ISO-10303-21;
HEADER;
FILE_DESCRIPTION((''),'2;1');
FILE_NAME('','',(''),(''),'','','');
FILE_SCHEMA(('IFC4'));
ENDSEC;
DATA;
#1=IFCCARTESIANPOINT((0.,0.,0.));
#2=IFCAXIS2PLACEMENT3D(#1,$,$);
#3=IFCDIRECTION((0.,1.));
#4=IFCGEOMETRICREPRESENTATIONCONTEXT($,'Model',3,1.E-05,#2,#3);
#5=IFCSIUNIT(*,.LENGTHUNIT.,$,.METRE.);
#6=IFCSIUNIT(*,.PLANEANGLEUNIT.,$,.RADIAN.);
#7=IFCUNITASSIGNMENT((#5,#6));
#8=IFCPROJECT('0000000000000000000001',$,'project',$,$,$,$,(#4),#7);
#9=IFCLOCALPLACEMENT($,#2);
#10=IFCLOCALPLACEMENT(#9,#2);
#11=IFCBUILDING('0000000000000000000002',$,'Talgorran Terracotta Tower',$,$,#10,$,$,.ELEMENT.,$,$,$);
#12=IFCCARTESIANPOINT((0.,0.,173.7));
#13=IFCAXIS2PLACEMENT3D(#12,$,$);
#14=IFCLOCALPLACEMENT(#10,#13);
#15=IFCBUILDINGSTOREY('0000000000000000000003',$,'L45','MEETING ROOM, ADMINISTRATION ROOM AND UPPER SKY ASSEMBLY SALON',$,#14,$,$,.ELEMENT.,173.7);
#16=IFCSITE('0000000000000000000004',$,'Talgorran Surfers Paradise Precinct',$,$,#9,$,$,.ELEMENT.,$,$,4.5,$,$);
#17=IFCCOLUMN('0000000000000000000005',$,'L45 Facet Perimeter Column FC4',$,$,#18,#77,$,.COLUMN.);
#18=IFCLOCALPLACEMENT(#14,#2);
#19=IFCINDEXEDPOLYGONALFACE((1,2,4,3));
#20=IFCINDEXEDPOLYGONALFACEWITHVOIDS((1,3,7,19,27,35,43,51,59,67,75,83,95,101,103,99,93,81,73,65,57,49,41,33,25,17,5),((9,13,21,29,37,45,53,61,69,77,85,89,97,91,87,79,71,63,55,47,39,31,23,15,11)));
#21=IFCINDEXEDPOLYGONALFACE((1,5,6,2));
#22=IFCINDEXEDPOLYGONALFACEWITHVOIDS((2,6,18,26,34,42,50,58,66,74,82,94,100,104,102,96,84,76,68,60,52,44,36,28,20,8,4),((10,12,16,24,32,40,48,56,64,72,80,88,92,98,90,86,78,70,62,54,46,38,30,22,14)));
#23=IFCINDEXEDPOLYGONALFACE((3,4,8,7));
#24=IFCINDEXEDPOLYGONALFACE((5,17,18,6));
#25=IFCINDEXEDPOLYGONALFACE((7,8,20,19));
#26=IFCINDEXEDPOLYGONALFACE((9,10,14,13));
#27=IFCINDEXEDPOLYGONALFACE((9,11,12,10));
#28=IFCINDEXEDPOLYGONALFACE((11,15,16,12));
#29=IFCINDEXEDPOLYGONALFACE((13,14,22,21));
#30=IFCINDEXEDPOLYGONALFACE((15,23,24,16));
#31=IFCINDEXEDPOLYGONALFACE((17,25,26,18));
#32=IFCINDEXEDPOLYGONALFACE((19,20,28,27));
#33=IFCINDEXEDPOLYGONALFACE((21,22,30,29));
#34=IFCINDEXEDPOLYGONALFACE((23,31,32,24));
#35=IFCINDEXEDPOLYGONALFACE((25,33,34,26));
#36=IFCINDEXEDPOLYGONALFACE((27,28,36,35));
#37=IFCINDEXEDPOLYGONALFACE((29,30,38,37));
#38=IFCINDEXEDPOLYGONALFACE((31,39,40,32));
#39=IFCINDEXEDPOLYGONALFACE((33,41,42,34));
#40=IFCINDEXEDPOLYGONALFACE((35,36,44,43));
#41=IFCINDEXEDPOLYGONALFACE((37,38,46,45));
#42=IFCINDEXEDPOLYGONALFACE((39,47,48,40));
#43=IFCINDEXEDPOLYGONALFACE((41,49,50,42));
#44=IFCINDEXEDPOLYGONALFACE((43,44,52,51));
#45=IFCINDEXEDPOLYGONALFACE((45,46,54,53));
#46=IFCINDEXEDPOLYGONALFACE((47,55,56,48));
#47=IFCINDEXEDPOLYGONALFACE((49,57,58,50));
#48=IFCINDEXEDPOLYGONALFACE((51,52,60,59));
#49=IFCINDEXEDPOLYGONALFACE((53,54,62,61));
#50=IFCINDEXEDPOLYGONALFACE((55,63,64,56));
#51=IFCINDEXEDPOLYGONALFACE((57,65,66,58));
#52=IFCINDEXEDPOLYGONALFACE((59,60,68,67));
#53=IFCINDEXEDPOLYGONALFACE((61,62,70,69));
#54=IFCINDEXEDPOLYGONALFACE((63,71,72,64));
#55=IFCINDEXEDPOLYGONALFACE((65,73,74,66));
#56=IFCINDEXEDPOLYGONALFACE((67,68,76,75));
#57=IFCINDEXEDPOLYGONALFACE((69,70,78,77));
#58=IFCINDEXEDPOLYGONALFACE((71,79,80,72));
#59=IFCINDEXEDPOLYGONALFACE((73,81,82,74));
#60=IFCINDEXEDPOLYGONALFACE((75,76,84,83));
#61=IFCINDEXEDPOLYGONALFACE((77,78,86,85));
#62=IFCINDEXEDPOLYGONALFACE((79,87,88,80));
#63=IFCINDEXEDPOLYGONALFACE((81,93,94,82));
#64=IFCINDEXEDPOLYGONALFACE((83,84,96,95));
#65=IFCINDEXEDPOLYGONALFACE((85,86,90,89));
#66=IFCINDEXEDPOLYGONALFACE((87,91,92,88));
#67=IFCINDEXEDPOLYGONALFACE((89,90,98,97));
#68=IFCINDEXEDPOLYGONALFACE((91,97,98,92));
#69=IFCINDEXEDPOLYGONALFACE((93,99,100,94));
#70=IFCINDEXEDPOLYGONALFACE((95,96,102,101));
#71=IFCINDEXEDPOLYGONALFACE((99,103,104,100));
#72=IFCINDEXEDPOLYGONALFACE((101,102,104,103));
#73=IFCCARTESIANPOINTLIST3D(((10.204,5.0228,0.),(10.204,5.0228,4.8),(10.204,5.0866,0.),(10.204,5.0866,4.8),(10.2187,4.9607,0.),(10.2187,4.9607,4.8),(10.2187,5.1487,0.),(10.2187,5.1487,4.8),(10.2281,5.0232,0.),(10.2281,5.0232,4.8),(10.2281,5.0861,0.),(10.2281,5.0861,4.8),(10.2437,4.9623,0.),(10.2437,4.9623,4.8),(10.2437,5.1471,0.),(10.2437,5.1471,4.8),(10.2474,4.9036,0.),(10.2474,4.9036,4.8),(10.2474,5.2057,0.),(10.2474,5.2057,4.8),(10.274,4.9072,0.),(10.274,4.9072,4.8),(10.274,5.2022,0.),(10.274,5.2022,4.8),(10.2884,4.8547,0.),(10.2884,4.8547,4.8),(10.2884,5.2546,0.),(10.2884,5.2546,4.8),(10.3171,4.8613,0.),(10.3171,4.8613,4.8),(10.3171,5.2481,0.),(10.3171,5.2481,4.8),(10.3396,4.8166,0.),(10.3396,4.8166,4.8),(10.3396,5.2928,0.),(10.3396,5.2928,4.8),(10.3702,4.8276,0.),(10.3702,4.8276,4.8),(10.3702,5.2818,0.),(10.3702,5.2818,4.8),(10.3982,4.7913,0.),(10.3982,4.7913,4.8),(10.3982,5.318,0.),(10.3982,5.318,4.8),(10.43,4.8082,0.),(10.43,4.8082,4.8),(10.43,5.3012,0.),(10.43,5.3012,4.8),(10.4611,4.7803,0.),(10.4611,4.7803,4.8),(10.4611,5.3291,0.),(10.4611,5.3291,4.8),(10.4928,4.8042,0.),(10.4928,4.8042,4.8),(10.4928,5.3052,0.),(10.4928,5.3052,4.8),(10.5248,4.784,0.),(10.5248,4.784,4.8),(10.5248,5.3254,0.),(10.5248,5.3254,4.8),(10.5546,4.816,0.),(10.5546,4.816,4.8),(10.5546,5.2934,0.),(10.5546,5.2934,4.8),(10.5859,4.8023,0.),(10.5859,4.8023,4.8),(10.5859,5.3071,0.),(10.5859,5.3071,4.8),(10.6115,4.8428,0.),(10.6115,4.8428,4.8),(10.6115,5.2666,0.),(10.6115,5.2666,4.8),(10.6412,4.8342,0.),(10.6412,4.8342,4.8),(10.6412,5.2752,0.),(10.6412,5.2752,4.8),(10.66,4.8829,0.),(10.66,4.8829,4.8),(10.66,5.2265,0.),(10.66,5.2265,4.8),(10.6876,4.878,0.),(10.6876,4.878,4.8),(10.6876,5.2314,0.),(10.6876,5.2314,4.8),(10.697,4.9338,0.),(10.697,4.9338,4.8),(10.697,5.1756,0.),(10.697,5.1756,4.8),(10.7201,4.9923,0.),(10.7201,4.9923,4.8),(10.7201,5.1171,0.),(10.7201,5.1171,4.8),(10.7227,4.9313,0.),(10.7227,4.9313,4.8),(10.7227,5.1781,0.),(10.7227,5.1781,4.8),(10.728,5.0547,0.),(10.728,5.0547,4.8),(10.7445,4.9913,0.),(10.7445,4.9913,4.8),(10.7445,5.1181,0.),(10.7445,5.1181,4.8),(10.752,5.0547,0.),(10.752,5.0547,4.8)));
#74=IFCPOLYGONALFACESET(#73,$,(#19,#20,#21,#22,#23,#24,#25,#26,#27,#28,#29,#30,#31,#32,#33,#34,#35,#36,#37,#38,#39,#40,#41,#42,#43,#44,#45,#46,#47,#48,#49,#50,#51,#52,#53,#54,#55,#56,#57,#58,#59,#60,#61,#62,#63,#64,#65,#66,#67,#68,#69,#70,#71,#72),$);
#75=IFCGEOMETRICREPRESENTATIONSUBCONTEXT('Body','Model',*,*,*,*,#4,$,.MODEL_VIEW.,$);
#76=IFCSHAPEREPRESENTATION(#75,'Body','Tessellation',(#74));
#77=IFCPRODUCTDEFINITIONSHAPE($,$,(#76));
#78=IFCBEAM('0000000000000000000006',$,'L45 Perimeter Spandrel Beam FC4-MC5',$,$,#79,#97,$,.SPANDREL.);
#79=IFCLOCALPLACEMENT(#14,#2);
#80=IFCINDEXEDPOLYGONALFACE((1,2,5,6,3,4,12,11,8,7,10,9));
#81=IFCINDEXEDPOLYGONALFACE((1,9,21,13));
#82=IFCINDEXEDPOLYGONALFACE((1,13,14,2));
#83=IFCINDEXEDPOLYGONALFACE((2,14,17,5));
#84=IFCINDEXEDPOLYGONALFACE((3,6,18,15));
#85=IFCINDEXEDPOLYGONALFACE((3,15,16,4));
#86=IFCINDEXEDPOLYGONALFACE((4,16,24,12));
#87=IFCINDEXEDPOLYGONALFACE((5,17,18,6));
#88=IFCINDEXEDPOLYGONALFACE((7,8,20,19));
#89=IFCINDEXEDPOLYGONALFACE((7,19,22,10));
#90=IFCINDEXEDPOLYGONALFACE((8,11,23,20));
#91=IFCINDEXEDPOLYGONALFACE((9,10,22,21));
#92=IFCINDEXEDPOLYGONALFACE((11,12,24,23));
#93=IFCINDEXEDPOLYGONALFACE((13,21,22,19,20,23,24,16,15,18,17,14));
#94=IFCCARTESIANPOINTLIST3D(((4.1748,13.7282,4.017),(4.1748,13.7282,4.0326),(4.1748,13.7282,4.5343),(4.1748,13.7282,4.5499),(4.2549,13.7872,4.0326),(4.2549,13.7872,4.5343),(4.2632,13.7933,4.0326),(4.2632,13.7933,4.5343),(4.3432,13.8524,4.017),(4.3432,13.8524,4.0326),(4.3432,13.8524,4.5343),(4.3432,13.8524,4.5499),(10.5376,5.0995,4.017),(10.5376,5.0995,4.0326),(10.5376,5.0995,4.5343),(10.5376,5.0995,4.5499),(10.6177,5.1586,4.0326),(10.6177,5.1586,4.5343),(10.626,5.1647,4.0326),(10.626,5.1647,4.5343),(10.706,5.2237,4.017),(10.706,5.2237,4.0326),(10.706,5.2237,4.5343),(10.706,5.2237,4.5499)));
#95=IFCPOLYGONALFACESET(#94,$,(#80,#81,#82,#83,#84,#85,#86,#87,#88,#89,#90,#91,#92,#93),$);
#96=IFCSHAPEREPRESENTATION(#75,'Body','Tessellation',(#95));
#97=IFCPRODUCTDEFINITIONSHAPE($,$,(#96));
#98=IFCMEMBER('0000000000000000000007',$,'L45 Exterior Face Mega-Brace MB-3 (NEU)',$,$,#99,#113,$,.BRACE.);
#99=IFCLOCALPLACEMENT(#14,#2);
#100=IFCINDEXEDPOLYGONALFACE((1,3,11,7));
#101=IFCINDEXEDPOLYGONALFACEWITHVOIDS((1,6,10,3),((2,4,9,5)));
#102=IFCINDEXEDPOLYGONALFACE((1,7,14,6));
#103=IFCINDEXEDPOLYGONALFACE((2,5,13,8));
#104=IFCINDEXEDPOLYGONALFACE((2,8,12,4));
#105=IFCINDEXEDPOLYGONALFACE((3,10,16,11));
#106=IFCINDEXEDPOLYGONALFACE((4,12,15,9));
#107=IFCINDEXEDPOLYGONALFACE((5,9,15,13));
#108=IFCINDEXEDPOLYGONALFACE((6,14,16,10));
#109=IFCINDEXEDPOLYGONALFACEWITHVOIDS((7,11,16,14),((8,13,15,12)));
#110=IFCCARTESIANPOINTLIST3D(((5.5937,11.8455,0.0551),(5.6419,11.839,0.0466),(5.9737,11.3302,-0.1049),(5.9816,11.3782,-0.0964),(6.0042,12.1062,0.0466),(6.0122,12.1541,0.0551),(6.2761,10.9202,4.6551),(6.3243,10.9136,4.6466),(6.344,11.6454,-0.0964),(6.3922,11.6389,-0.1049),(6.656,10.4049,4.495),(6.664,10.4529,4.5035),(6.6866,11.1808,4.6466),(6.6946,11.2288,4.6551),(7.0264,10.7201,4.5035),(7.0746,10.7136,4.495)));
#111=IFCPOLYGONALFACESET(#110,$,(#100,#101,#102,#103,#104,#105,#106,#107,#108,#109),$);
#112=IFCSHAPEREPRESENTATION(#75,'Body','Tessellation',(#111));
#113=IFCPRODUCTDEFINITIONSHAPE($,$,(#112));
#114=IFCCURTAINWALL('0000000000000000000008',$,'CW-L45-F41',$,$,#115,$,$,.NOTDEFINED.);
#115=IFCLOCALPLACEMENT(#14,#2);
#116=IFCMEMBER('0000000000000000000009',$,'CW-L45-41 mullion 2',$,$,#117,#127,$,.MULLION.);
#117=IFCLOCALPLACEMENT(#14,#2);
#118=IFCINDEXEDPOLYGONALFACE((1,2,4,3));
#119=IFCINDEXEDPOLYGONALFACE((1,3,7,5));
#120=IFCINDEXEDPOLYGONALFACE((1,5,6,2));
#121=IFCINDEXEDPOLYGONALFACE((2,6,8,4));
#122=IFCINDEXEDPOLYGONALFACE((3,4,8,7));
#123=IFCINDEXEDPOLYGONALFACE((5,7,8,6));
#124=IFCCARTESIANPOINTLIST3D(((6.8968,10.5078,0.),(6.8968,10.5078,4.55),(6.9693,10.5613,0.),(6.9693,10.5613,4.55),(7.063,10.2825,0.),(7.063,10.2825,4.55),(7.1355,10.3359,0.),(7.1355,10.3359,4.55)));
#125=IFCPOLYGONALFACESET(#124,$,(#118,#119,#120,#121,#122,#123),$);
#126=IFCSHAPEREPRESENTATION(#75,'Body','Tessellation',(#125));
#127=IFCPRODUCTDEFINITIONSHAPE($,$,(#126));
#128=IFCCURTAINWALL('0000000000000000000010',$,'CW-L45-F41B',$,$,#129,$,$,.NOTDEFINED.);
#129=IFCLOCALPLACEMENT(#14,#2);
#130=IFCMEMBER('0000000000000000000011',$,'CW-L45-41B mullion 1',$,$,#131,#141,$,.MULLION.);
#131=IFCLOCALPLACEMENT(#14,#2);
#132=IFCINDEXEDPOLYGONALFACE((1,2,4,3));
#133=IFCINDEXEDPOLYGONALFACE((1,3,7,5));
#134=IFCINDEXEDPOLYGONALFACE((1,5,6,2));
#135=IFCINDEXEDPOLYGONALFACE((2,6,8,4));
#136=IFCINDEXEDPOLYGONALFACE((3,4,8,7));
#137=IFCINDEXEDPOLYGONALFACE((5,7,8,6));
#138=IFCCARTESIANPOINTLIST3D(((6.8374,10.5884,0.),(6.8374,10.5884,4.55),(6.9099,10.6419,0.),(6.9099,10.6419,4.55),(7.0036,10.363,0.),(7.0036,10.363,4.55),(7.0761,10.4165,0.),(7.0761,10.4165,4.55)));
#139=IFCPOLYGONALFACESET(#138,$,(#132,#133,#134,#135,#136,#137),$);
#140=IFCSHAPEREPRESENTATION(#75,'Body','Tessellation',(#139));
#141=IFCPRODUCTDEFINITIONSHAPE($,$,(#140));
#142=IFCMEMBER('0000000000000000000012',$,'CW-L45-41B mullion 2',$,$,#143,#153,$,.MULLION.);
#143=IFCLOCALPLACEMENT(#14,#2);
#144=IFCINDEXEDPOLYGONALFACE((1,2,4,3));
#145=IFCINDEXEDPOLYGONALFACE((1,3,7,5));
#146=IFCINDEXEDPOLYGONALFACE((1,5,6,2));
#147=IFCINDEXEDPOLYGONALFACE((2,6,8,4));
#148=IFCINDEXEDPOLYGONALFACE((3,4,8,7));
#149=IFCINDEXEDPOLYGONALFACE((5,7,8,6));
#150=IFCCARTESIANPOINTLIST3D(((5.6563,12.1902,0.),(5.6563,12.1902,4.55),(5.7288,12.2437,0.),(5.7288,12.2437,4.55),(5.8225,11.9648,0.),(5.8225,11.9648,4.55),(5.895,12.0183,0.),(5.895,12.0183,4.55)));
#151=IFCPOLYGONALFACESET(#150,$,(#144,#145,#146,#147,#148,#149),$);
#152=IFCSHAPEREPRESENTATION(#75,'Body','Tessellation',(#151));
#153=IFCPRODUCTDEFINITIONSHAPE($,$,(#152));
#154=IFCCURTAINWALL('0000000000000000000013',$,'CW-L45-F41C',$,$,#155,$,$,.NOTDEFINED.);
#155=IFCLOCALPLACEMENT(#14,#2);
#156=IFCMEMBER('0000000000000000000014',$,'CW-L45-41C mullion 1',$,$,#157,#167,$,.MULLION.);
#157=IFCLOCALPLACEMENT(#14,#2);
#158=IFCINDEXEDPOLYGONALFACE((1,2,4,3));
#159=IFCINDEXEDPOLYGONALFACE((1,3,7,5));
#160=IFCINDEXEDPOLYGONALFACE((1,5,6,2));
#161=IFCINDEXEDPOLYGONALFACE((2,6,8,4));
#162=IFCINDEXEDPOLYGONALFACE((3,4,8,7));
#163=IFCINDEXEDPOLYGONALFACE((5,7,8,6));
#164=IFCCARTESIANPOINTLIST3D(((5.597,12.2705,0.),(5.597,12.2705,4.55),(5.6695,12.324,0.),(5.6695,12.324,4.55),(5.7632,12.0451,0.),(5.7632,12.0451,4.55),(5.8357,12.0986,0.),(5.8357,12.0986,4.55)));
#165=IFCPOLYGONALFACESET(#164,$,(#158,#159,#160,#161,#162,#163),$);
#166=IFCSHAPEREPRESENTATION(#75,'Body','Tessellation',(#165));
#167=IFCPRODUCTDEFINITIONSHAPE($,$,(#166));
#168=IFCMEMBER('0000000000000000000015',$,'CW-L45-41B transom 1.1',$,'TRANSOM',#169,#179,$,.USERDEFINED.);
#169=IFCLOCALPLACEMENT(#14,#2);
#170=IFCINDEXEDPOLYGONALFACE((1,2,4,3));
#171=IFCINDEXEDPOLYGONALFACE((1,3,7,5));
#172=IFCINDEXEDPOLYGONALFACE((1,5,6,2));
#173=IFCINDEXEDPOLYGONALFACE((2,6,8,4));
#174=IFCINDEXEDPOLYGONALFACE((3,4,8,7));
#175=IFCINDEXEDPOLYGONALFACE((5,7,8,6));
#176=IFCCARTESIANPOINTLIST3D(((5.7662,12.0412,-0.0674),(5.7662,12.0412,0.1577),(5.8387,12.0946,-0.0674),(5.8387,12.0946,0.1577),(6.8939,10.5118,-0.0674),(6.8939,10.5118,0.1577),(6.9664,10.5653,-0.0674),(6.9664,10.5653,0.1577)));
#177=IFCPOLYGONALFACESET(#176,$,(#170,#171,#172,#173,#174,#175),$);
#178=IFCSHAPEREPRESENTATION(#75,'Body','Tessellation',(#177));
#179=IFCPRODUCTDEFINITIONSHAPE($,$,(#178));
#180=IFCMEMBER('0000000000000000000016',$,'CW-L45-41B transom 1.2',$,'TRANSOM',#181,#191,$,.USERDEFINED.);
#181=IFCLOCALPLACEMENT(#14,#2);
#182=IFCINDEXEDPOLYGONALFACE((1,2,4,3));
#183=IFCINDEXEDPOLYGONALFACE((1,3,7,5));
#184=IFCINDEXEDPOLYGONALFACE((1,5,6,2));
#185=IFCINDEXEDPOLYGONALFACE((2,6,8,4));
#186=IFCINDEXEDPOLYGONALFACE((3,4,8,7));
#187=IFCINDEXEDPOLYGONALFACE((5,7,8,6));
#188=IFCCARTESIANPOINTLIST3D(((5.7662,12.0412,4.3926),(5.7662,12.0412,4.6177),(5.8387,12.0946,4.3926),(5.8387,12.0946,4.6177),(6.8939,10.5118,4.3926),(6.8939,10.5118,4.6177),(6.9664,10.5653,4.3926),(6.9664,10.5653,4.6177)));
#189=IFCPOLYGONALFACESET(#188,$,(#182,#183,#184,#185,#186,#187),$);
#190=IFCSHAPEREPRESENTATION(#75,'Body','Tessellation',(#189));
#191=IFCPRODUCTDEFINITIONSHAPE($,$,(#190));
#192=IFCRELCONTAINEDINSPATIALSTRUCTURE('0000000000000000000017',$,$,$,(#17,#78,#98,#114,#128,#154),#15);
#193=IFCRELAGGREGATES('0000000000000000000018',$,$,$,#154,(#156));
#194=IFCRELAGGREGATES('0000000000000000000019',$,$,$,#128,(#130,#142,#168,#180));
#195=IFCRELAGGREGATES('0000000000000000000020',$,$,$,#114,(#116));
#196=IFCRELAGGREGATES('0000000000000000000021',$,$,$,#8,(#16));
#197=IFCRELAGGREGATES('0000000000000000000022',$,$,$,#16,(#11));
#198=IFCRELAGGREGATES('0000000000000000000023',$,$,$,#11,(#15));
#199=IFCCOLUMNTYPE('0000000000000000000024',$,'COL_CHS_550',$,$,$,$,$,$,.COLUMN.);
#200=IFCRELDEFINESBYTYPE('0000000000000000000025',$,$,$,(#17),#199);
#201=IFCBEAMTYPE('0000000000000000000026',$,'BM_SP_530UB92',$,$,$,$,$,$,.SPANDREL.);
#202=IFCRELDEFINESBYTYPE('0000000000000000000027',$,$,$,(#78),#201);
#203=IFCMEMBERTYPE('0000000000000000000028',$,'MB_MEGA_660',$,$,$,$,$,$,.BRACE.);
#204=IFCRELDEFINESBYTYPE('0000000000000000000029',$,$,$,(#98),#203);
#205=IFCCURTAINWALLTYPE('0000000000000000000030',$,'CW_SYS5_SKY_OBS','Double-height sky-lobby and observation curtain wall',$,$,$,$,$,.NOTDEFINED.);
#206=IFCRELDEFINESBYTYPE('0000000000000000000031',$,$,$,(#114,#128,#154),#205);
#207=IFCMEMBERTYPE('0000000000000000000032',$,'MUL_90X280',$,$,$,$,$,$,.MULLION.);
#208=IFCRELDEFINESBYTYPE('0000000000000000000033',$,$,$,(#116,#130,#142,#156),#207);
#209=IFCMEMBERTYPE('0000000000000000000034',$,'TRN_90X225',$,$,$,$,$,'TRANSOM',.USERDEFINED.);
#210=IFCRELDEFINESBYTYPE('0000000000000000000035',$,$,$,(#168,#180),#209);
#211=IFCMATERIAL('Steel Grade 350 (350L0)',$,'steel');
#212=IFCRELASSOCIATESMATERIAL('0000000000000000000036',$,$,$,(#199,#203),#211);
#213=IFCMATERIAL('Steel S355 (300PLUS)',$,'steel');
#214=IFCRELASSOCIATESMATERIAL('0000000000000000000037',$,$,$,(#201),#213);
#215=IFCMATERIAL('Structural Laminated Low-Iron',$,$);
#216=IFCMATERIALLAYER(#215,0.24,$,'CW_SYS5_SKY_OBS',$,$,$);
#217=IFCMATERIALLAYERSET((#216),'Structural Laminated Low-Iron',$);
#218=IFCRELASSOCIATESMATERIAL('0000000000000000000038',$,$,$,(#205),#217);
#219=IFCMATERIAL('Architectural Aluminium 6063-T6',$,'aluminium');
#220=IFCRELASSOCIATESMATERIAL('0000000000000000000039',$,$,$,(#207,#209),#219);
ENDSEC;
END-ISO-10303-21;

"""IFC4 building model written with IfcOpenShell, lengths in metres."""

from ifc_helpers import new_model, si_unit, direction, frame, origin, origin_2d, place, context, subcontext, project, spatial, rectangle, hollow_rectangle, hollow_circle, i_section, extrude, material, layer, layer_set, material_profile, profile_set, type_object, element, aggregate, save


model = new_model("IFC4")

# Units and contexts
model_context = context("Model", 3, precision=1e-05, world=origin(), true_north=direction((0.0, 1.0)))
body_context = subcontext(model_context, "Body", "Model", "MODEL_VIEW")
ifc_project = project(units=[si_unit("LENGTHUNIT", "METRE"), si_unit("PLANEANGLEUNIT", "RADIAN")], contexts=[model_context])

# Site, building, storey
site_placement = place(None, origin())
site = spatial("IfcSite", under=ifc_project, at=site_placement, Name="Talgorran Surfers Paradise Precinct", CompositionType="ELEMENT", RefElevation=4.5)
building_placement = place(site_placement, origin())
building = spatial("IfcBuilding", under=site, at=building_placement, Name="Talgorran Terracotta Tower", CompositionType="ELEMENT")
storey_placement = place(building_placement, frame((0.0, 0.0, 173.7)))
storey = spatial("IfcBuildingStorey", under=building, at=storey_placement, Name="L45", Description="MEETING ROOM, ADMINISTRATION ROOM AND UPPER SKY ASSEMBLY SALON", CompositionType="ELEMENT", Elevation=173.7)

# Column
ifc_material_1 = material(Name="Steel Grade 350 (350L0)", Category="steel")
ifc_material_profile_1 = material_profile(ifc_material_1, hollow_circle(Radius=0.2749, WallThickness=0.0239, at=origin_2d()), Name="CHS550X24")
ifc_profile_set_1 = profile_set([ifc_material_profile_1], Name="Steel Grade 350 (350L0)")
column_type = type_object("IfcColumnType", Name="COL_CHS_550", PredefinedType="COLUMN", material=ifc_profile_set_1)
column_placement = place(storey_placement, frame((10.4771, 5.0547, 0.0), z_axis=(0.0, 0.0, 1.0), x_axis=(1.0, 0.0, 0.0)))
element("IfcColumn", 1, at=column_placement, inside=storey, type_object=column_type, Name="L45 Facet Perimeter Column FC4", PredefinedType="COLUMN", context=body_context, shape_type="SweptSolid", body=[
    extrude(hollow_circle(Radius=0.2749, WallThickness=0.0239, at=origin_2d()), origin(), (0.0, 0.0, 1.0), 4.8),
])

# Beam
ifc_material_2 = material(Name="Steel S355 (300PLUS)", Category="steel")
ifc_material_profile_2 = material_profile(ifc_material_2, i_section(OverallWidth=0.2092, OverallDepth=0.533, WebThickness=0.0103, FlangeThickness=0.0156, at=origin_2d()), Name="530UB92.4")
ifc_profile_set_2 = profile_set([ifc_material_profile_2], Name="Steel S355 (300PLUS)")
beam_type = type_object("IfcBeamType", Name="BM_SP_530UB92", PredefinedType="SPANDREL", material=ifc_profile_set_2)
beam_placement = place(storey_placement, frame((10.6218, 5.1616, 4.2834), z_axis=(-0.593491, 0.804841, 0.0), x_axis=(-0.804841, -0.593491, 0.0)))
element("IfcBeam", 2, at=beam_placement, inside=storey, type_object=beam_type, Name="L45 Perimeter Spandrel Beam FC4-MC5", PredefinedType="SPANDREL", context=body_context, shape_type="SweptSolid", body=[
    extrude(i_section(OverallWidth=0.2092, OverallDepth=0.533, WebThickness=0.0103, FlangeThickness=0.0156, at=origin_2d()), origin(), (0.0, 0.0, 1.0), 10.7209),
])

# Member
ifc_material_profile_3 = material_profile(ifc_material_1, hollow_rectangle(XDim=0.52, YDim=0.6599, WallThickness=0.0349, at=origin_2d()), Name="WBOX660X520X35")
ifc_profile_set_3 = profile_set([ifc_material_profile_3], Name="Steel Grade 350 (350L0)")
member_type_1 = type_object("IfcMemberType", Name="MB_MEGA_660", PredefinedType="BRACE", material=ifc_profile_set_3)
member_1_placement = place(storey_placement, frame((5.9929, 11.7422, -0.0249), z_axis=(0.143919, -0.195154, 0.970156), x_axis=(0.804816, 0.593525, 0.0)))
element("IfcMember", 3, at=member_1_placement, inside=storey, type_object=member_type_1, Name="L45 Exterior Face Mega-Brace MB-3 (NEU)", PredefinedType="BRACE", context=body_context, shape_type="SweptSolid", body=[
    extrude(hollow_rectangle(XDim=0.52, YDim=0.6599, WallThickness=0.0349, at=origin_2d()), origin(), (0.0, 0.0, 1.0), 4.7415),
])

# Curtain wall, member
ifc_material_3 = material(Name="Structural Laminated Low-Iron")
ifc_layer_1 = layer(ifc_material_3, 0.24, Name="CW_SYS5_SKY_OBS")
ifc_layer_set_1 = layer_set([ifc_layer_1], Name="Structural Laminated Low-Iron")
curtain_wall_type = type_object("IfcCurtainWallType", Name="CW_SYS5_SKY_OBS", Description="Double-height sky-lobby and observation curtain wall", PredefinedType="NOTDEFINED", material=ifc_layer_set_1)
curtain_wall_1_placement = place(storey_placement, origin())
curtain_wall_1 = element("IfcCurtainWall", 4, at=curtain_wall_1_placement, inside=storey, type_object=curtain_wall_type, Name="CW-L45-F41", PredefinedType="NOTDEFINED")
ifc_material_4 = material(Name="Architectural Aluminium 6063-T6", Category="aluminium")
ifc_material_profile_4 = material_profile(ifc_material_4, rectangle(XDim=0.0901, YDim=0.28, at=origin_2d()), Name="CWM90X280")
ifc_profile_set_4 = profile_set([ifc_material_profile_4], Name="Architectural Aluminium 6063-T6")
member_type_2 = type_object("IfcMemberType", Name="MUL_90X280", PredefinedType="MULLION", material=ifc_profile_set_4)
member_2_placement = place(storey_placement, frame((7.0161, 10.4219, 0.0), z_axis=(0.0, 0.0, 1.0), x_axis=(-0.804839, -0.593493, 0.0)))
member_2 = element("IfcMember", 5, at=member_2_placement, type_object=member_type_2, Name="CW-L45-41 mullion 2", PredefinedType="MULLION", context=body_context, shape_type="SweptSolid", body=[
    extrude(rectangle(XDim=0.0901, YDim=0.28, at=origin_2d()), origin(), (0.0, 0.0, 1.0), 4.55),
])

# Curtain wall, members
curtain_wall_2_placement = place(storey_placement, origin())
curtain_wall_2 = element("IfcCurtainWall", 6, at=curtain_wall_2_placement, inside=storey, type_object=curtain_wall_type, Name="CW-L45-F41B", PredefinedType="NOTDEFINED")
member_3_placement = place(storey_placement, frame((6.9568, 10.5024, 0.0), z_axis=(0.0, 0.0, 1.0), x_axis=(-0.804831, -0.593504, 0.0)))
member_3 = element("IfcMember", 7, at=member_3_placement, type_object=member_type_2, Name="CW-L45-41B mullion 1", PredefinedType="MULLION", context=body_context, shape_type="SweptSolid", body=[
    extrude(rectangle(XDim=0.0901, YDim=0.28, at=origin_2d()), origin(), (0.0, 0.0, 1.0), 4.55),
])
member_4_placement = place(storey_placement, frame((5.7756, 12.1042, 0.0), z_axis=(0.0, 0.0, 1.0), x_axis=(-0.804831, -0.593504, 0.0)))
member_4 = element("IfcMember", 8, at=member_4_placement, type_object=member_type_2, Name="CW-L45-41B mullion 2", PredefinedType="MULLION", context=body_context, shape_type="SweptSolid", body=[
    extrude(rectangle(XDim=0.0901, YDim=0.28, at=origin_2d()), origin(), (0.0, 0.0, 1.0), 4.55),
])

# Curtain wall, member
curtain_wall_3_placement = place(storey_placement, origin())
curtain_wall_3 = element("IfcCurtainWall", 9, at=curtain_wall_3_placement, inside=storey, type_object=curtain_wall_type, Name="CW-L45-F41C", PredefinedType="NOTDEFINED")
member_5_placement = place(storey_placement, frame((5.7163, 12.1846, 0.0), z_axis=(0.0, 0.0, 1.0), x_axis=(-0.804836, -0.593498, 0.0)))
member_5 = element("IfcMember", 10, at=member_5_placement, type_object=member_type_2, Name="CW-L45-41C mullion 1", PredefinedType="MULLION", context=body_context, shape_type="SweptSolid", body=[
    extrude(rectangle(XDim=0.0901, YDim=0.28, at=origin_2d()), origin(), (0.0, 0.0, 1.0), 4.55),
])

# Members
ifc_material_profile_5 = material_profile(ifc_material_4, rectangle(XDim=0.0901, YDim=0.2251, at=origin_2d()), Name="CWT90X225")
ifc_profile_set_5 = profile_set([ifc_material_profile_5], Name="Architectural Aluminium 6063-T6")
member_type_3 = type_object("IfcMemberType", Name="TRN_90X225", ElementType="TRANSOM", PredefinedType="USERDEFINED", material=ifc_profile_set_5)
member_6_placement = place(storey_placement, frame((6.9302, 10.5386, 0.0452), z_axis=(-0.593484, 0.804846, 0.0), x_axis=(-0.804846, -0.593484, 0.0)))
member_6 = element("IfcMember", 11, at=member_6_placement, type_object=member_type_3, Name="CW-L45-41B transom 1.1", ObjectType="TRANSOM", PredefinedType="USERDEFINED", context=body_context, shape_type="SweptSolid", body=[
    extrude(rectangle(XDim=0.0901, YDim=0.2251, at=origin_2d()), origin(), (0.0, 0.0, 1.0), 1.9001),
])
member_7_placement = place(storey_placement, frame((6.9302, 10.5386, 4.5051), z_axis=(-0.593484, 0.804846, 0.0), x_axis=(-0.804846, -0.593484, 0.0)))
member_7 = element("IfcMember", 12, at=member_7_placement, type_object=member_type_3, Name="CW-L45-41B transom 1.2", ObjectType="TRANSOM", PredefinedType="USERDEFINED", context=body_context, shape_type="SweptSolid", body=[
    extrude(rectangle(XDim=0.0901, YDim=0.2251, at=origin_2d()), origin(), (0.0, 0.0, 1.0), 1.9001),
])
aggregate(curtain_wall_3, [member_5])

aggregate(curtain_wall_2, [member_3, member_4, member_6, member_7])
aggregate(curtain_wall_1, [member_2])

save(model, "model.ifc")
